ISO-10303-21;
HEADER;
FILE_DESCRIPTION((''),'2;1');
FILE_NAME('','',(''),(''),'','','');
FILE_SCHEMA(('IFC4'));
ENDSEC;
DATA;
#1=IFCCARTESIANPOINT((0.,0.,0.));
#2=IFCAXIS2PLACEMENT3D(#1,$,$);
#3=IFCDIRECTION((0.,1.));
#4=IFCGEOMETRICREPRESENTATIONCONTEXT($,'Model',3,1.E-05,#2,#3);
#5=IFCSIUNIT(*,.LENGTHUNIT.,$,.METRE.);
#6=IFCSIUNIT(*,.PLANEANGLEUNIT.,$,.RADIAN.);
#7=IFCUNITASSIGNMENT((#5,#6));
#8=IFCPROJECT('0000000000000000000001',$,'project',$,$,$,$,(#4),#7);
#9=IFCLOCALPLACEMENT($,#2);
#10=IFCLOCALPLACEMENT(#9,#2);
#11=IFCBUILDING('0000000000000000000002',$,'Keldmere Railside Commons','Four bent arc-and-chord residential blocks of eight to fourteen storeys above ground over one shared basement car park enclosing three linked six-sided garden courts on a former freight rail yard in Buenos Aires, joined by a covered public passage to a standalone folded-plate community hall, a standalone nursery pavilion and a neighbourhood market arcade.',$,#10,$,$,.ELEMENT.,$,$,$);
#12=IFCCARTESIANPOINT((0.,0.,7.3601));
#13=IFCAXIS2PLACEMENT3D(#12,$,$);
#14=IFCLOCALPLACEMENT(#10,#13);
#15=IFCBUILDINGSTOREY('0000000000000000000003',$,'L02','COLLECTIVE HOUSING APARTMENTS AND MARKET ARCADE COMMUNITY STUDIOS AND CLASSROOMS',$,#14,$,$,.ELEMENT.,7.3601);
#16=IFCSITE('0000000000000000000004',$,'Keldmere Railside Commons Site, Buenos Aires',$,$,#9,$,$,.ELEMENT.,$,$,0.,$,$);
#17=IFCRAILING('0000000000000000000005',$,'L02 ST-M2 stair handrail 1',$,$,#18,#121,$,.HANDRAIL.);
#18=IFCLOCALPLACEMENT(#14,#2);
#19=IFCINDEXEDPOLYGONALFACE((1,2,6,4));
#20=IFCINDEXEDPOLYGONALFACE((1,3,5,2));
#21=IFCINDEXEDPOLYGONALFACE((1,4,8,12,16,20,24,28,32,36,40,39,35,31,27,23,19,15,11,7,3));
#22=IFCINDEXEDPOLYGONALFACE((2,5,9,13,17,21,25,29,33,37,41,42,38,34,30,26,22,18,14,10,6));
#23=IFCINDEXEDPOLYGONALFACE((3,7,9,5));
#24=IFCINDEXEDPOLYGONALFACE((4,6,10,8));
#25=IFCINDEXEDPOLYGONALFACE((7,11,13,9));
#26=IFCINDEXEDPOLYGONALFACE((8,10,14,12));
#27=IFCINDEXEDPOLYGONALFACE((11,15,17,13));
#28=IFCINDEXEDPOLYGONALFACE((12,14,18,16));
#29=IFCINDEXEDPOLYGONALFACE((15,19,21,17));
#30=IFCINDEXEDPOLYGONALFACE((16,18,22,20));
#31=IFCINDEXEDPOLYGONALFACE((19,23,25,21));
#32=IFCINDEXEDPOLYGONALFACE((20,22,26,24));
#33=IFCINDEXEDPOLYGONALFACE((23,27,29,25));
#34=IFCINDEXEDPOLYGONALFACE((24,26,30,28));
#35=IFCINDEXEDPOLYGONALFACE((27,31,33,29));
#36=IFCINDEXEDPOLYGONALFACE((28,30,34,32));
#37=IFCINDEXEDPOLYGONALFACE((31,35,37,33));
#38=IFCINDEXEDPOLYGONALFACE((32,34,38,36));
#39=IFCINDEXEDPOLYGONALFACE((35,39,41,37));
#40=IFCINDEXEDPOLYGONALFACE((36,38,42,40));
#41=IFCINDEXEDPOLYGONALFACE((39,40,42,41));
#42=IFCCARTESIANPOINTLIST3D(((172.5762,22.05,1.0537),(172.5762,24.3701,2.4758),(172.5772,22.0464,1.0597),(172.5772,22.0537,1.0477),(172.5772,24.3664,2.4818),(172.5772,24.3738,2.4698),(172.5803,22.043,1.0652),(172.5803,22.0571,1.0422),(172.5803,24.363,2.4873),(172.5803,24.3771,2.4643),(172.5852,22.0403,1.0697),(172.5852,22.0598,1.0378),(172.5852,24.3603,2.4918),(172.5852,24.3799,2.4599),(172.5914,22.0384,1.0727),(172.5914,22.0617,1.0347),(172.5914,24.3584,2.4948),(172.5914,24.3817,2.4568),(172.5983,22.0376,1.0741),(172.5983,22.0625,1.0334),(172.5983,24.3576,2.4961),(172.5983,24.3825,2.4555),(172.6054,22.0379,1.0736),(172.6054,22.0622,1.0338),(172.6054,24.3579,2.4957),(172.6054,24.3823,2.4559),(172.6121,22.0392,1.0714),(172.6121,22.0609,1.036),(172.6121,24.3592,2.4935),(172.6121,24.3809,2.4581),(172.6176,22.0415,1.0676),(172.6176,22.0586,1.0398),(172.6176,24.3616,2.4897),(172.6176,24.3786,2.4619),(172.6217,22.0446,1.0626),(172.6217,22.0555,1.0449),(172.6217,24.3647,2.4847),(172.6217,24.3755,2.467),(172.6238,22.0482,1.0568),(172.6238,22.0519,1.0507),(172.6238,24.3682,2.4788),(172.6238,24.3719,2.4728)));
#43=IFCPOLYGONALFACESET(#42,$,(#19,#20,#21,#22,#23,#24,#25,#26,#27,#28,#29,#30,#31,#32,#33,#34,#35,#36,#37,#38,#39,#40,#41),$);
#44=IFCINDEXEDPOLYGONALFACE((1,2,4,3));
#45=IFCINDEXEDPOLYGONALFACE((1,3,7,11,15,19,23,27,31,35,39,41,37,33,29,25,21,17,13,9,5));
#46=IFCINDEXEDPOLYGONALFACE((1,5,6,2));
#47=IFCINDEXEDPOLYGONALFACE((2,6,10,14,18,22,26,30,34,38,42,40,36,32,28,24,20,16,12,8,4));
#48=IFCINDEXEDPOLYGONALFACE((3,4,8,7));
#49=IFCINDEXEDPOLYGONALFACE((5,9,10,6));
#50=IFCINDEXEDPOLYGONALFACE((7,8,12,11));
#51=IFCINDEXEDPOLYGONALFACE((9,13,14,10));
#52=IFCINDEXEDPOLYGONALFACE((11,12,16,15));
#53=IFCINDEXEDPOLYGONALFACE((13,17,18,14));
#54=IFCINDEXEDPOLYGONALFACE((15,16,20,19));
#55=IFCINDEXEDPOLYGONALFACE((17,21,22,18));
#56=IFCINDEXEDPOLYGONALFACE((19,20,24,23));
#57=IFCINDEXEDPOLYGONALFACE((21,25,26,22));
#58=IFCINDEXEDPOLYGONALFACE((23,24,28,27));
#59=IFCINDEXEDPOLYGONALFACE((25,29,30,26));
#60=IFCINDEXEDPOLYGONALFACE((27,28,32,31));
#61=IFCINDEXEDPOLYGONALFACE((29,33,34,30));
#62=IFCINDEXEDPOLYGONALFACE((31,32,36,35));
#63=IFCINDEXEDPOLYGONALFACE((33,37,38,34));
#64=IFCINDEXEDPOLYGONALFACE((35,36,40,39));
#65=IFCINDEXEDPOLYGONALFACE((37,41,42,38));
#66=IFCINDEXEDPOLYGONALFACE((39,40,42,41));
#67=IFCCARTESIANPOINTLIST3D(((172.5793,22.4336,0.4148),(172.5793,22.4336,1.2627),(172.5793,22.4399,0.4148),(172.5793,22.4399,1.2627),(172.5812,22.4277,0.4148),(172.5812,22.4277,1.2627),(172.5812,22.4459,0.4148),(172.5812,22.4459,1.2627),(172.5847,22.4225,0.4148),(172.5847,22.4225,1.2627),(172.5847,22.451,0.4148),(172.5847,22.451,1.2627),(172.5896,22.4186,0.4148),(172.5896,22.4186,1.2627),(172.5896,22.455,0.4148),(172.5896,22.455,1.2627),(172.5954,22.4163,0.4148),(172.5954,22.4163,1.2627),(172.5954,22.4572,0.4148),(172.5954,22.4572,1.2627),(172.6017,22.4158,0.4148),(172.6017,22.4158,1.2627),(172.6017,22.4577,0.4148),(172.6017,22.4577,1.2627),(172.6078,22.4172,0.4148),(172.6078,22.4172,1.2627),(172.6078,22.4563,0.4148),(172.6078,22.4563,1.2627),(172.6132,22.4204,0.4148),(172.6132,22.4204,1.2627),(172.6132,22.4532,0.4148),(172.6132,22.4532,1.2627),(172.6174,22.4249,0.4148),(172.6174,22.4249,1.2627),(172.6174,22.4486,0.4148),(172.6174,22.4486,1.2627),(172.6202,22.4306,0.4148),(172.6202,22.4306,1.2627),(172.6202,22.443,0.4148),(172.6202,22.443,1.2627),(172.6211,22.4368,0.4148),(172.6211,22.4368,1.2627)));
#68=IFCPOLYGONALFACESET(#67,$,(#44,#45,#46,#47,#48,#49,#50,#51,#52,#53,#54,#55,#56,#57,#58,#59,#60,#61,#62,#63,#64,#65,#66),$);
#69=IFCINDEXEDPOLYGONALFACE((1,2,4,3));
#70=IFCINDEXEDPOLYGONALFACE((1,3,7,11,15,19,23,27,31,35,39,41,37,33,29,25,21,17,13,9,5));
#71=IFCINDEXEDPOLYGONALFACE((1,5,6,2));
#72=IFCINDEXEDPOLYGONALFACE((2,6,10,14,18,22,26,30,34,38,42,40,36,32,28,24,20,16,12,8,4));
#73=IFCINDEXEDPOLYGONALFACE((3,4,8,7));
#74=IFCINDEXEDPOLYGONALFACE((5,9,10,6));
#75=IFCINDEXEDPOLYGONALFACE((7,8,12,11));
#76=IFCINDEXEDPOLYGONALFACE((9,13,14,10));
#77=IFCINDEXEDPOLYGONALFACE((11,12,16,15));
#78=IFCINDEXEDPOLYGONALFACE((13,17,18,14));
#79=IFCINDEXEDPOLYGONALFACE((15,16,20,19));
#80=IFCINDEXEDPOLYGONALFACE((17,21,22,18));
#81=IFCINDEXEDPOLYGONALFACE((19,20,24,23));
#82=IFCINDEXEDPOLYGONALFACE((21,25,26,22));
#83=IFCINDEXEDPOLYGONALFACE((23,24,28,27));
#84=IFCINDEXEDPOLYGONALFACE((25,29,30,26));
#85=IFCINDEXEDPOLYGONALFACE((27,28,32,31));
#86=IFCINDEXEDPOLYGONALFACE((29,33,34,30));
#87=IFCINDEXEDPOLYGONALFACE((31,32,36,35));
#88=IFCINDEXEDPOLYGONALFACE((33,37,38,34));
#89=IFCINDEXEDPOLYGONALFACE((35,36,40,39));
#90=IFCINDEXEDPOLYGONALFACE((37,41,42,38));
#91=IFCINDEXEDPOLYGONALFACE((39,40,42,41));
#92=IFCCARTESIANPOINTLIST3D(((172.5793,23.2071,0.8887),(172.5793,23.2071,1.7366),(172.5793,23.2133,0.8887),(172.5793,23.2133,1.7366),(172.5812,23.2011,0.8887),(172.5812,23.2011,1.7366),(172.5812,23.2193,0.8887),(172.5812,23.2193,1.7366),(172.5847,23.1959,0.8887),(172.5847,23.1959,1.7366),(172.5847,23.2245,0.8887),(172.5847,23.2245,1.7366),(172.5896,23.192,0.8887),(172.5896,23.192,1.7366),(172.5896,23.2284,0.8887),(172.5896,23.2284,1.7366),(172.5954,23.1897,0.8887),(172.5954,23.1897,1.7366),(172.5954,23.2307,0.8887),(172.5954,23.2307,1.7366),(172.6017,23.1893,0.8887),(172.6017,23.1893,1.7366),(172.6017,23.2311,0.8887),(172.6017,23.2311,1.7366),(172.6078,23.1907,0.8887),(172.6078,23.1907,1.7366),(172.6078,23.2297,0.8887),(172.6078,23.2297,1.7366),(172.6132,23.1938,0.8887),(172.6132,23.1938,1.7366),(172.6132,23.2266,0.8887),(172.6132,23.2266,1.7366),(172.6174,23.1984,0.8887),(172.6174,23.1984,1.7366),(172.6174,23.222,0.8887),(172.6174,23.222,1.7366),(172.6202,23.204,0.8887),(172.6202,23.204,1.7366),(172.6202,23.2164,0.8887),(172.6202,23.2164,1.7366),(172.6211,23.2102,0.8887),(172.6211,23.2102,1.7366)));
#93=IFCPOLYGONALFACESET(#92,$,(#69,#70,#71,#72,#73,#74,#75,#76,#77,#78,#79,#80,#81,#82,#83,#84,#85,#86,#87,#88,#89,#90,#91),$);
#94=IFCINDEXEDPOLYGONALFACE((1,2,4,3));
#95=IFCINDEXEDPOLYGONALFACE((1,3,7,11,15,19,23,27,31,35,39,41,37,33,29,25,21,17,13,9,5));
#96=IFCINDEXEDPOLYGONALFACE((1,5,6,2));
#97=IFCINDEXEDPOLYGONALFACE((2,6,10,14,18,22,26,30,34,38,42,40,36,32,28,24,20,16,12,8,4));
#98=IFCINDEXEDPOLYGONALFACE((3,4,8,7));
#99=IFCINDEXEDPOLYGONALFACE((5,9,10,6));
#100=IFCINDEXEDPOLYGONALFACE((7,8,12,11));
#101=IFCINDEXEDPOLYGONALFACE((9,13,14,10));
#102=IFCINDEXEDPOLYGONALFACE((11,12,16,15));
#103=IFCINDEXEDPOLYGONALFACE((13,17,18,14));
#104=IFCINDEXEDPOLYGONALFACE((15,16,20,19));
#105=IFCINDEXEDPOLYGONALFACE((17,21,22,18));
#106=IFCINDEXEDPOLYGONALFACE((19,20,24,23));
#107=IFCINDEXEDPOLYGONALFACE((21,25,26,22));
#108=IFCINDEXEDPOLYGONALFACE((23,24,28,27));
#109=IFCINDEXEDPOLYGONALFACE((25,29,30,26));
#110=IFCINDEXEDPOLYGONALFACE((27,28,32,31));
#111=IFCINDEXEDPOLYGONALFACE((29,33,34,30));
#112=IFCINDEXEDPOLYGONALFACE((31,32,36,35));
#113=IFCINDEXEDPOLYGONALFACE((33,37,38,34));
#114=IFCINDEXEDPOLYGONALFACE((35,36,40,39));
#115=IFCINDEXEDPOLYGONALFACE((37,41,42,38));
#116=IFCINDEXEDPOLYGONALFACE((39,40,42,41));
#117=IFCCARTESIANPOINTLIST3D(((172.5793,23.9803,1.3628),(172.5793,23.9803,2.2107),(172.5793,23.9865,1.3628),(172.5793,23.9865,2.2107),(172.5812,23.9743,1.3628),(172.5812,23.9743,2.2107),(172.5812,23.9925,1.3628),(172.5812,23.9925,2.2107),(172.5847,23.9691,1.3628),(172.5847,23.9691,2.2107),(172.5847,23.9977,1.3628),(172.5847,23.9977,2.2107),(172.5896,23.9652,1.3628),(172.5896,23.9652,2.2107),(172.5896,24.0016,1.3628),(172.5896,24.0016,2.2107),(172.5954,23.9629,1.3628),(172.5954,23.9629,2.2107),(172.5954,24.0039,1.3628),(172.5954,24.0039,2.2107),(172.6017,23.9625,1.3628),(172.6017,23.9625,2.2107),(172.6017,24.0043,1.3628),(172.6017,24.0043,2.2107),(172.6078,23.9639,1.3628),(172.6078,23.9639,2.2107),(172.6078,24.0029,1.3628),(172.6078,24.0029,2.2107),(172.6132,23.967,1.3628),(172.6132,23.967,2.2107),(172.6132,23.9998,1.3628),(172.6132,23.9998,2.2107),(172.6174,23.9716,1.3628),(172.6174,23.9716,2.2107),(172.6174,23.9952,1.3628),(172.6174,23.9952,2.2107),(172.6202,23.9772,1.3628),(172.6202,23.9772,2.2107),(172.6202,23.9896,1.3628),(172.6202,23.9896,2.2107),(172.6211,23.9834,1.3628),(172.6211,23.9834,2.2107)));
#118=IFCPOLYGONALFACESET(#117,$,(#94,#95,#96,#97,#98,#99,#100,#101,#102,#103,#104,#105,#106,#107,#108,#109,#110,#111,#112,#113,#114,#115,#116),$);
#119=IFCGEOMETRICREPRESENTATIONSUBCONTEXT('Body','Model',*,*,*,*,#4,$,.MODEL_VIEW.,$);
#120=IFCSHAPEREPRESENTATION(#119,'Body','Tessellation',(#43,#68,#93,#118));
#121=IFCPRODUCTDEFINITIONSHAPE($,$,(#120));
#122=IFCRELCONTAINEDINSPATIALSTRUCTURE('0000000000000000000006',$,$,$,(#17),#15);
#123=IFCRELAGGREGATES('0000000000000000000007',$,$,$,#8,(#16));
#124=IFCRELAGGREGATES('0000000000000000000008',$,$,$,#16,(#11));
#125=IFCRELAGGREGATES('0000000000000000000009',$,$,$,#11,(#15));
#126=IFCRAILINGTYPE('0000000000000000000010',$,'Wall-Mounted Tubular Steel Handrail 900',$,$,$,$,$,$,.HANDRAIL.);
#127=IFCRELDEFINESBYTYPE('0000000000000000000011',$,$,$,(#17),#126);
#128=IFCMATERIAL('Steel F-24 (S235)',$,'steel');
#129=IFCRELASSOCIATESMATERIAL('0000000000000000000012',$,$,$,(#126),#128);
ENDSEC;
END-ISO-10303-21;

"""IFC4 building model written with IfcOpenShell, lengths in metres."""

from ifc_helpers import new_model, si_unit, direction, frame, origin, origin_2d, place, context, subcontext, project, spatial, circle, extrude, material, type_object, element, save


model = new_model("IFC4")

# Units and contexts
model_context = context("Model", 3, precision=1e-05, world=origin(), true_north=direction((0.0, 1.0)))
body_context = subcontext(model_context, "Body", "Model", "MODEL_VIEW")
ifc_project = project(units=[si_unit("LENGTHUNIT", "METRE"), si_unit("PLANEANGLEUNIT", "RADIAN")], contexts=[model_context])

# Site, building, storey
site_placement = place(None, origin())
site = spatial("IfcSite", under=ifc_project, at=site_placement, Name="Keldmere Railside Commons Site, Buenos Aires", CompositionType="ELEMENT", RefElevation=0.0)
building_placement = place(site_placement, origin())
building = spatial("IfcBuilding", under=site, at=building_placement, Name="Keldmere Railside Commons", Description="Four bent arc-and-chord residential blocks of eight to fourteen storeys above ground over one shared basement car park enclosing three linked six-sided garden courts on a former freight rail yard in Buenos Aires, joined by a covered public passage to a standalone folded-plate community hall, a standalone nursery pavilion and a neighbourhood market arcade.", CompositionType="ELEMENT")
storey_placement = place(building_placement, frame((0.0, 0.0, 7.3601)))
storey = spatial("IfcBuildingStorey", under=building, at=storey_placement, Name="L02", Description="COLLECTIVE HOUSING APARTMENTS AND MARKET ARCADE COMMUNITY STUDIOS AND CLASSROOMS", CompositionType="ELEMENT", Elevation=7.3601)

# Shared definitions
ifc_material_1 = material(Name="Steel F-24 (S235)", Category="steel")

# Railing
railing_type_1 = type_object("IfcRailingType", Name="Wall-Mounted Tubular Steel Handrail 900", PredefinedType="HANDRAIL", material=ifc_material_1)
railing_1_placement = place(storey_placement, frame((172.6001, 22.05, 0.1777)))
element("IfcRailing", 1, at=railing_1_placement, inside=storey, type_object=railing_type_1, Name="L02 ST-M2 stair handrail 1", PredefinedType="HANDRAIL", context=body_context, shape_type="SweptSolid", body=[
    extrude(circle(Radius=0.0239, at=origin_2d()), frame((0.0, 0.0, 0.876), z_axis=(0.0, 0.852578, 0.5226), x_axis=(-1.0, 0.0, 0.0)), (0.0, 0.0, 1.0), 2.7212),
    extrude(circle(Radius=0.021, at=origin_2d()), frame((0.0, 0.3867, 0.2371)), (0.0, 0.0, 1.0), 0.8479),
    extrude(circle(Radius=0.021, at=origin_2d()), frame((0.0, 1.1602, 0.7109)), (0.0, 0.0, 1.0), 0.8479),
    extrude(circle(Radius=0.021, at=origin_2d()), frame((0.0, 1.9333, 1.1851)), (0.0, 0.0, 1.0), 0.8479),
])

save(model, "model.ifc")
